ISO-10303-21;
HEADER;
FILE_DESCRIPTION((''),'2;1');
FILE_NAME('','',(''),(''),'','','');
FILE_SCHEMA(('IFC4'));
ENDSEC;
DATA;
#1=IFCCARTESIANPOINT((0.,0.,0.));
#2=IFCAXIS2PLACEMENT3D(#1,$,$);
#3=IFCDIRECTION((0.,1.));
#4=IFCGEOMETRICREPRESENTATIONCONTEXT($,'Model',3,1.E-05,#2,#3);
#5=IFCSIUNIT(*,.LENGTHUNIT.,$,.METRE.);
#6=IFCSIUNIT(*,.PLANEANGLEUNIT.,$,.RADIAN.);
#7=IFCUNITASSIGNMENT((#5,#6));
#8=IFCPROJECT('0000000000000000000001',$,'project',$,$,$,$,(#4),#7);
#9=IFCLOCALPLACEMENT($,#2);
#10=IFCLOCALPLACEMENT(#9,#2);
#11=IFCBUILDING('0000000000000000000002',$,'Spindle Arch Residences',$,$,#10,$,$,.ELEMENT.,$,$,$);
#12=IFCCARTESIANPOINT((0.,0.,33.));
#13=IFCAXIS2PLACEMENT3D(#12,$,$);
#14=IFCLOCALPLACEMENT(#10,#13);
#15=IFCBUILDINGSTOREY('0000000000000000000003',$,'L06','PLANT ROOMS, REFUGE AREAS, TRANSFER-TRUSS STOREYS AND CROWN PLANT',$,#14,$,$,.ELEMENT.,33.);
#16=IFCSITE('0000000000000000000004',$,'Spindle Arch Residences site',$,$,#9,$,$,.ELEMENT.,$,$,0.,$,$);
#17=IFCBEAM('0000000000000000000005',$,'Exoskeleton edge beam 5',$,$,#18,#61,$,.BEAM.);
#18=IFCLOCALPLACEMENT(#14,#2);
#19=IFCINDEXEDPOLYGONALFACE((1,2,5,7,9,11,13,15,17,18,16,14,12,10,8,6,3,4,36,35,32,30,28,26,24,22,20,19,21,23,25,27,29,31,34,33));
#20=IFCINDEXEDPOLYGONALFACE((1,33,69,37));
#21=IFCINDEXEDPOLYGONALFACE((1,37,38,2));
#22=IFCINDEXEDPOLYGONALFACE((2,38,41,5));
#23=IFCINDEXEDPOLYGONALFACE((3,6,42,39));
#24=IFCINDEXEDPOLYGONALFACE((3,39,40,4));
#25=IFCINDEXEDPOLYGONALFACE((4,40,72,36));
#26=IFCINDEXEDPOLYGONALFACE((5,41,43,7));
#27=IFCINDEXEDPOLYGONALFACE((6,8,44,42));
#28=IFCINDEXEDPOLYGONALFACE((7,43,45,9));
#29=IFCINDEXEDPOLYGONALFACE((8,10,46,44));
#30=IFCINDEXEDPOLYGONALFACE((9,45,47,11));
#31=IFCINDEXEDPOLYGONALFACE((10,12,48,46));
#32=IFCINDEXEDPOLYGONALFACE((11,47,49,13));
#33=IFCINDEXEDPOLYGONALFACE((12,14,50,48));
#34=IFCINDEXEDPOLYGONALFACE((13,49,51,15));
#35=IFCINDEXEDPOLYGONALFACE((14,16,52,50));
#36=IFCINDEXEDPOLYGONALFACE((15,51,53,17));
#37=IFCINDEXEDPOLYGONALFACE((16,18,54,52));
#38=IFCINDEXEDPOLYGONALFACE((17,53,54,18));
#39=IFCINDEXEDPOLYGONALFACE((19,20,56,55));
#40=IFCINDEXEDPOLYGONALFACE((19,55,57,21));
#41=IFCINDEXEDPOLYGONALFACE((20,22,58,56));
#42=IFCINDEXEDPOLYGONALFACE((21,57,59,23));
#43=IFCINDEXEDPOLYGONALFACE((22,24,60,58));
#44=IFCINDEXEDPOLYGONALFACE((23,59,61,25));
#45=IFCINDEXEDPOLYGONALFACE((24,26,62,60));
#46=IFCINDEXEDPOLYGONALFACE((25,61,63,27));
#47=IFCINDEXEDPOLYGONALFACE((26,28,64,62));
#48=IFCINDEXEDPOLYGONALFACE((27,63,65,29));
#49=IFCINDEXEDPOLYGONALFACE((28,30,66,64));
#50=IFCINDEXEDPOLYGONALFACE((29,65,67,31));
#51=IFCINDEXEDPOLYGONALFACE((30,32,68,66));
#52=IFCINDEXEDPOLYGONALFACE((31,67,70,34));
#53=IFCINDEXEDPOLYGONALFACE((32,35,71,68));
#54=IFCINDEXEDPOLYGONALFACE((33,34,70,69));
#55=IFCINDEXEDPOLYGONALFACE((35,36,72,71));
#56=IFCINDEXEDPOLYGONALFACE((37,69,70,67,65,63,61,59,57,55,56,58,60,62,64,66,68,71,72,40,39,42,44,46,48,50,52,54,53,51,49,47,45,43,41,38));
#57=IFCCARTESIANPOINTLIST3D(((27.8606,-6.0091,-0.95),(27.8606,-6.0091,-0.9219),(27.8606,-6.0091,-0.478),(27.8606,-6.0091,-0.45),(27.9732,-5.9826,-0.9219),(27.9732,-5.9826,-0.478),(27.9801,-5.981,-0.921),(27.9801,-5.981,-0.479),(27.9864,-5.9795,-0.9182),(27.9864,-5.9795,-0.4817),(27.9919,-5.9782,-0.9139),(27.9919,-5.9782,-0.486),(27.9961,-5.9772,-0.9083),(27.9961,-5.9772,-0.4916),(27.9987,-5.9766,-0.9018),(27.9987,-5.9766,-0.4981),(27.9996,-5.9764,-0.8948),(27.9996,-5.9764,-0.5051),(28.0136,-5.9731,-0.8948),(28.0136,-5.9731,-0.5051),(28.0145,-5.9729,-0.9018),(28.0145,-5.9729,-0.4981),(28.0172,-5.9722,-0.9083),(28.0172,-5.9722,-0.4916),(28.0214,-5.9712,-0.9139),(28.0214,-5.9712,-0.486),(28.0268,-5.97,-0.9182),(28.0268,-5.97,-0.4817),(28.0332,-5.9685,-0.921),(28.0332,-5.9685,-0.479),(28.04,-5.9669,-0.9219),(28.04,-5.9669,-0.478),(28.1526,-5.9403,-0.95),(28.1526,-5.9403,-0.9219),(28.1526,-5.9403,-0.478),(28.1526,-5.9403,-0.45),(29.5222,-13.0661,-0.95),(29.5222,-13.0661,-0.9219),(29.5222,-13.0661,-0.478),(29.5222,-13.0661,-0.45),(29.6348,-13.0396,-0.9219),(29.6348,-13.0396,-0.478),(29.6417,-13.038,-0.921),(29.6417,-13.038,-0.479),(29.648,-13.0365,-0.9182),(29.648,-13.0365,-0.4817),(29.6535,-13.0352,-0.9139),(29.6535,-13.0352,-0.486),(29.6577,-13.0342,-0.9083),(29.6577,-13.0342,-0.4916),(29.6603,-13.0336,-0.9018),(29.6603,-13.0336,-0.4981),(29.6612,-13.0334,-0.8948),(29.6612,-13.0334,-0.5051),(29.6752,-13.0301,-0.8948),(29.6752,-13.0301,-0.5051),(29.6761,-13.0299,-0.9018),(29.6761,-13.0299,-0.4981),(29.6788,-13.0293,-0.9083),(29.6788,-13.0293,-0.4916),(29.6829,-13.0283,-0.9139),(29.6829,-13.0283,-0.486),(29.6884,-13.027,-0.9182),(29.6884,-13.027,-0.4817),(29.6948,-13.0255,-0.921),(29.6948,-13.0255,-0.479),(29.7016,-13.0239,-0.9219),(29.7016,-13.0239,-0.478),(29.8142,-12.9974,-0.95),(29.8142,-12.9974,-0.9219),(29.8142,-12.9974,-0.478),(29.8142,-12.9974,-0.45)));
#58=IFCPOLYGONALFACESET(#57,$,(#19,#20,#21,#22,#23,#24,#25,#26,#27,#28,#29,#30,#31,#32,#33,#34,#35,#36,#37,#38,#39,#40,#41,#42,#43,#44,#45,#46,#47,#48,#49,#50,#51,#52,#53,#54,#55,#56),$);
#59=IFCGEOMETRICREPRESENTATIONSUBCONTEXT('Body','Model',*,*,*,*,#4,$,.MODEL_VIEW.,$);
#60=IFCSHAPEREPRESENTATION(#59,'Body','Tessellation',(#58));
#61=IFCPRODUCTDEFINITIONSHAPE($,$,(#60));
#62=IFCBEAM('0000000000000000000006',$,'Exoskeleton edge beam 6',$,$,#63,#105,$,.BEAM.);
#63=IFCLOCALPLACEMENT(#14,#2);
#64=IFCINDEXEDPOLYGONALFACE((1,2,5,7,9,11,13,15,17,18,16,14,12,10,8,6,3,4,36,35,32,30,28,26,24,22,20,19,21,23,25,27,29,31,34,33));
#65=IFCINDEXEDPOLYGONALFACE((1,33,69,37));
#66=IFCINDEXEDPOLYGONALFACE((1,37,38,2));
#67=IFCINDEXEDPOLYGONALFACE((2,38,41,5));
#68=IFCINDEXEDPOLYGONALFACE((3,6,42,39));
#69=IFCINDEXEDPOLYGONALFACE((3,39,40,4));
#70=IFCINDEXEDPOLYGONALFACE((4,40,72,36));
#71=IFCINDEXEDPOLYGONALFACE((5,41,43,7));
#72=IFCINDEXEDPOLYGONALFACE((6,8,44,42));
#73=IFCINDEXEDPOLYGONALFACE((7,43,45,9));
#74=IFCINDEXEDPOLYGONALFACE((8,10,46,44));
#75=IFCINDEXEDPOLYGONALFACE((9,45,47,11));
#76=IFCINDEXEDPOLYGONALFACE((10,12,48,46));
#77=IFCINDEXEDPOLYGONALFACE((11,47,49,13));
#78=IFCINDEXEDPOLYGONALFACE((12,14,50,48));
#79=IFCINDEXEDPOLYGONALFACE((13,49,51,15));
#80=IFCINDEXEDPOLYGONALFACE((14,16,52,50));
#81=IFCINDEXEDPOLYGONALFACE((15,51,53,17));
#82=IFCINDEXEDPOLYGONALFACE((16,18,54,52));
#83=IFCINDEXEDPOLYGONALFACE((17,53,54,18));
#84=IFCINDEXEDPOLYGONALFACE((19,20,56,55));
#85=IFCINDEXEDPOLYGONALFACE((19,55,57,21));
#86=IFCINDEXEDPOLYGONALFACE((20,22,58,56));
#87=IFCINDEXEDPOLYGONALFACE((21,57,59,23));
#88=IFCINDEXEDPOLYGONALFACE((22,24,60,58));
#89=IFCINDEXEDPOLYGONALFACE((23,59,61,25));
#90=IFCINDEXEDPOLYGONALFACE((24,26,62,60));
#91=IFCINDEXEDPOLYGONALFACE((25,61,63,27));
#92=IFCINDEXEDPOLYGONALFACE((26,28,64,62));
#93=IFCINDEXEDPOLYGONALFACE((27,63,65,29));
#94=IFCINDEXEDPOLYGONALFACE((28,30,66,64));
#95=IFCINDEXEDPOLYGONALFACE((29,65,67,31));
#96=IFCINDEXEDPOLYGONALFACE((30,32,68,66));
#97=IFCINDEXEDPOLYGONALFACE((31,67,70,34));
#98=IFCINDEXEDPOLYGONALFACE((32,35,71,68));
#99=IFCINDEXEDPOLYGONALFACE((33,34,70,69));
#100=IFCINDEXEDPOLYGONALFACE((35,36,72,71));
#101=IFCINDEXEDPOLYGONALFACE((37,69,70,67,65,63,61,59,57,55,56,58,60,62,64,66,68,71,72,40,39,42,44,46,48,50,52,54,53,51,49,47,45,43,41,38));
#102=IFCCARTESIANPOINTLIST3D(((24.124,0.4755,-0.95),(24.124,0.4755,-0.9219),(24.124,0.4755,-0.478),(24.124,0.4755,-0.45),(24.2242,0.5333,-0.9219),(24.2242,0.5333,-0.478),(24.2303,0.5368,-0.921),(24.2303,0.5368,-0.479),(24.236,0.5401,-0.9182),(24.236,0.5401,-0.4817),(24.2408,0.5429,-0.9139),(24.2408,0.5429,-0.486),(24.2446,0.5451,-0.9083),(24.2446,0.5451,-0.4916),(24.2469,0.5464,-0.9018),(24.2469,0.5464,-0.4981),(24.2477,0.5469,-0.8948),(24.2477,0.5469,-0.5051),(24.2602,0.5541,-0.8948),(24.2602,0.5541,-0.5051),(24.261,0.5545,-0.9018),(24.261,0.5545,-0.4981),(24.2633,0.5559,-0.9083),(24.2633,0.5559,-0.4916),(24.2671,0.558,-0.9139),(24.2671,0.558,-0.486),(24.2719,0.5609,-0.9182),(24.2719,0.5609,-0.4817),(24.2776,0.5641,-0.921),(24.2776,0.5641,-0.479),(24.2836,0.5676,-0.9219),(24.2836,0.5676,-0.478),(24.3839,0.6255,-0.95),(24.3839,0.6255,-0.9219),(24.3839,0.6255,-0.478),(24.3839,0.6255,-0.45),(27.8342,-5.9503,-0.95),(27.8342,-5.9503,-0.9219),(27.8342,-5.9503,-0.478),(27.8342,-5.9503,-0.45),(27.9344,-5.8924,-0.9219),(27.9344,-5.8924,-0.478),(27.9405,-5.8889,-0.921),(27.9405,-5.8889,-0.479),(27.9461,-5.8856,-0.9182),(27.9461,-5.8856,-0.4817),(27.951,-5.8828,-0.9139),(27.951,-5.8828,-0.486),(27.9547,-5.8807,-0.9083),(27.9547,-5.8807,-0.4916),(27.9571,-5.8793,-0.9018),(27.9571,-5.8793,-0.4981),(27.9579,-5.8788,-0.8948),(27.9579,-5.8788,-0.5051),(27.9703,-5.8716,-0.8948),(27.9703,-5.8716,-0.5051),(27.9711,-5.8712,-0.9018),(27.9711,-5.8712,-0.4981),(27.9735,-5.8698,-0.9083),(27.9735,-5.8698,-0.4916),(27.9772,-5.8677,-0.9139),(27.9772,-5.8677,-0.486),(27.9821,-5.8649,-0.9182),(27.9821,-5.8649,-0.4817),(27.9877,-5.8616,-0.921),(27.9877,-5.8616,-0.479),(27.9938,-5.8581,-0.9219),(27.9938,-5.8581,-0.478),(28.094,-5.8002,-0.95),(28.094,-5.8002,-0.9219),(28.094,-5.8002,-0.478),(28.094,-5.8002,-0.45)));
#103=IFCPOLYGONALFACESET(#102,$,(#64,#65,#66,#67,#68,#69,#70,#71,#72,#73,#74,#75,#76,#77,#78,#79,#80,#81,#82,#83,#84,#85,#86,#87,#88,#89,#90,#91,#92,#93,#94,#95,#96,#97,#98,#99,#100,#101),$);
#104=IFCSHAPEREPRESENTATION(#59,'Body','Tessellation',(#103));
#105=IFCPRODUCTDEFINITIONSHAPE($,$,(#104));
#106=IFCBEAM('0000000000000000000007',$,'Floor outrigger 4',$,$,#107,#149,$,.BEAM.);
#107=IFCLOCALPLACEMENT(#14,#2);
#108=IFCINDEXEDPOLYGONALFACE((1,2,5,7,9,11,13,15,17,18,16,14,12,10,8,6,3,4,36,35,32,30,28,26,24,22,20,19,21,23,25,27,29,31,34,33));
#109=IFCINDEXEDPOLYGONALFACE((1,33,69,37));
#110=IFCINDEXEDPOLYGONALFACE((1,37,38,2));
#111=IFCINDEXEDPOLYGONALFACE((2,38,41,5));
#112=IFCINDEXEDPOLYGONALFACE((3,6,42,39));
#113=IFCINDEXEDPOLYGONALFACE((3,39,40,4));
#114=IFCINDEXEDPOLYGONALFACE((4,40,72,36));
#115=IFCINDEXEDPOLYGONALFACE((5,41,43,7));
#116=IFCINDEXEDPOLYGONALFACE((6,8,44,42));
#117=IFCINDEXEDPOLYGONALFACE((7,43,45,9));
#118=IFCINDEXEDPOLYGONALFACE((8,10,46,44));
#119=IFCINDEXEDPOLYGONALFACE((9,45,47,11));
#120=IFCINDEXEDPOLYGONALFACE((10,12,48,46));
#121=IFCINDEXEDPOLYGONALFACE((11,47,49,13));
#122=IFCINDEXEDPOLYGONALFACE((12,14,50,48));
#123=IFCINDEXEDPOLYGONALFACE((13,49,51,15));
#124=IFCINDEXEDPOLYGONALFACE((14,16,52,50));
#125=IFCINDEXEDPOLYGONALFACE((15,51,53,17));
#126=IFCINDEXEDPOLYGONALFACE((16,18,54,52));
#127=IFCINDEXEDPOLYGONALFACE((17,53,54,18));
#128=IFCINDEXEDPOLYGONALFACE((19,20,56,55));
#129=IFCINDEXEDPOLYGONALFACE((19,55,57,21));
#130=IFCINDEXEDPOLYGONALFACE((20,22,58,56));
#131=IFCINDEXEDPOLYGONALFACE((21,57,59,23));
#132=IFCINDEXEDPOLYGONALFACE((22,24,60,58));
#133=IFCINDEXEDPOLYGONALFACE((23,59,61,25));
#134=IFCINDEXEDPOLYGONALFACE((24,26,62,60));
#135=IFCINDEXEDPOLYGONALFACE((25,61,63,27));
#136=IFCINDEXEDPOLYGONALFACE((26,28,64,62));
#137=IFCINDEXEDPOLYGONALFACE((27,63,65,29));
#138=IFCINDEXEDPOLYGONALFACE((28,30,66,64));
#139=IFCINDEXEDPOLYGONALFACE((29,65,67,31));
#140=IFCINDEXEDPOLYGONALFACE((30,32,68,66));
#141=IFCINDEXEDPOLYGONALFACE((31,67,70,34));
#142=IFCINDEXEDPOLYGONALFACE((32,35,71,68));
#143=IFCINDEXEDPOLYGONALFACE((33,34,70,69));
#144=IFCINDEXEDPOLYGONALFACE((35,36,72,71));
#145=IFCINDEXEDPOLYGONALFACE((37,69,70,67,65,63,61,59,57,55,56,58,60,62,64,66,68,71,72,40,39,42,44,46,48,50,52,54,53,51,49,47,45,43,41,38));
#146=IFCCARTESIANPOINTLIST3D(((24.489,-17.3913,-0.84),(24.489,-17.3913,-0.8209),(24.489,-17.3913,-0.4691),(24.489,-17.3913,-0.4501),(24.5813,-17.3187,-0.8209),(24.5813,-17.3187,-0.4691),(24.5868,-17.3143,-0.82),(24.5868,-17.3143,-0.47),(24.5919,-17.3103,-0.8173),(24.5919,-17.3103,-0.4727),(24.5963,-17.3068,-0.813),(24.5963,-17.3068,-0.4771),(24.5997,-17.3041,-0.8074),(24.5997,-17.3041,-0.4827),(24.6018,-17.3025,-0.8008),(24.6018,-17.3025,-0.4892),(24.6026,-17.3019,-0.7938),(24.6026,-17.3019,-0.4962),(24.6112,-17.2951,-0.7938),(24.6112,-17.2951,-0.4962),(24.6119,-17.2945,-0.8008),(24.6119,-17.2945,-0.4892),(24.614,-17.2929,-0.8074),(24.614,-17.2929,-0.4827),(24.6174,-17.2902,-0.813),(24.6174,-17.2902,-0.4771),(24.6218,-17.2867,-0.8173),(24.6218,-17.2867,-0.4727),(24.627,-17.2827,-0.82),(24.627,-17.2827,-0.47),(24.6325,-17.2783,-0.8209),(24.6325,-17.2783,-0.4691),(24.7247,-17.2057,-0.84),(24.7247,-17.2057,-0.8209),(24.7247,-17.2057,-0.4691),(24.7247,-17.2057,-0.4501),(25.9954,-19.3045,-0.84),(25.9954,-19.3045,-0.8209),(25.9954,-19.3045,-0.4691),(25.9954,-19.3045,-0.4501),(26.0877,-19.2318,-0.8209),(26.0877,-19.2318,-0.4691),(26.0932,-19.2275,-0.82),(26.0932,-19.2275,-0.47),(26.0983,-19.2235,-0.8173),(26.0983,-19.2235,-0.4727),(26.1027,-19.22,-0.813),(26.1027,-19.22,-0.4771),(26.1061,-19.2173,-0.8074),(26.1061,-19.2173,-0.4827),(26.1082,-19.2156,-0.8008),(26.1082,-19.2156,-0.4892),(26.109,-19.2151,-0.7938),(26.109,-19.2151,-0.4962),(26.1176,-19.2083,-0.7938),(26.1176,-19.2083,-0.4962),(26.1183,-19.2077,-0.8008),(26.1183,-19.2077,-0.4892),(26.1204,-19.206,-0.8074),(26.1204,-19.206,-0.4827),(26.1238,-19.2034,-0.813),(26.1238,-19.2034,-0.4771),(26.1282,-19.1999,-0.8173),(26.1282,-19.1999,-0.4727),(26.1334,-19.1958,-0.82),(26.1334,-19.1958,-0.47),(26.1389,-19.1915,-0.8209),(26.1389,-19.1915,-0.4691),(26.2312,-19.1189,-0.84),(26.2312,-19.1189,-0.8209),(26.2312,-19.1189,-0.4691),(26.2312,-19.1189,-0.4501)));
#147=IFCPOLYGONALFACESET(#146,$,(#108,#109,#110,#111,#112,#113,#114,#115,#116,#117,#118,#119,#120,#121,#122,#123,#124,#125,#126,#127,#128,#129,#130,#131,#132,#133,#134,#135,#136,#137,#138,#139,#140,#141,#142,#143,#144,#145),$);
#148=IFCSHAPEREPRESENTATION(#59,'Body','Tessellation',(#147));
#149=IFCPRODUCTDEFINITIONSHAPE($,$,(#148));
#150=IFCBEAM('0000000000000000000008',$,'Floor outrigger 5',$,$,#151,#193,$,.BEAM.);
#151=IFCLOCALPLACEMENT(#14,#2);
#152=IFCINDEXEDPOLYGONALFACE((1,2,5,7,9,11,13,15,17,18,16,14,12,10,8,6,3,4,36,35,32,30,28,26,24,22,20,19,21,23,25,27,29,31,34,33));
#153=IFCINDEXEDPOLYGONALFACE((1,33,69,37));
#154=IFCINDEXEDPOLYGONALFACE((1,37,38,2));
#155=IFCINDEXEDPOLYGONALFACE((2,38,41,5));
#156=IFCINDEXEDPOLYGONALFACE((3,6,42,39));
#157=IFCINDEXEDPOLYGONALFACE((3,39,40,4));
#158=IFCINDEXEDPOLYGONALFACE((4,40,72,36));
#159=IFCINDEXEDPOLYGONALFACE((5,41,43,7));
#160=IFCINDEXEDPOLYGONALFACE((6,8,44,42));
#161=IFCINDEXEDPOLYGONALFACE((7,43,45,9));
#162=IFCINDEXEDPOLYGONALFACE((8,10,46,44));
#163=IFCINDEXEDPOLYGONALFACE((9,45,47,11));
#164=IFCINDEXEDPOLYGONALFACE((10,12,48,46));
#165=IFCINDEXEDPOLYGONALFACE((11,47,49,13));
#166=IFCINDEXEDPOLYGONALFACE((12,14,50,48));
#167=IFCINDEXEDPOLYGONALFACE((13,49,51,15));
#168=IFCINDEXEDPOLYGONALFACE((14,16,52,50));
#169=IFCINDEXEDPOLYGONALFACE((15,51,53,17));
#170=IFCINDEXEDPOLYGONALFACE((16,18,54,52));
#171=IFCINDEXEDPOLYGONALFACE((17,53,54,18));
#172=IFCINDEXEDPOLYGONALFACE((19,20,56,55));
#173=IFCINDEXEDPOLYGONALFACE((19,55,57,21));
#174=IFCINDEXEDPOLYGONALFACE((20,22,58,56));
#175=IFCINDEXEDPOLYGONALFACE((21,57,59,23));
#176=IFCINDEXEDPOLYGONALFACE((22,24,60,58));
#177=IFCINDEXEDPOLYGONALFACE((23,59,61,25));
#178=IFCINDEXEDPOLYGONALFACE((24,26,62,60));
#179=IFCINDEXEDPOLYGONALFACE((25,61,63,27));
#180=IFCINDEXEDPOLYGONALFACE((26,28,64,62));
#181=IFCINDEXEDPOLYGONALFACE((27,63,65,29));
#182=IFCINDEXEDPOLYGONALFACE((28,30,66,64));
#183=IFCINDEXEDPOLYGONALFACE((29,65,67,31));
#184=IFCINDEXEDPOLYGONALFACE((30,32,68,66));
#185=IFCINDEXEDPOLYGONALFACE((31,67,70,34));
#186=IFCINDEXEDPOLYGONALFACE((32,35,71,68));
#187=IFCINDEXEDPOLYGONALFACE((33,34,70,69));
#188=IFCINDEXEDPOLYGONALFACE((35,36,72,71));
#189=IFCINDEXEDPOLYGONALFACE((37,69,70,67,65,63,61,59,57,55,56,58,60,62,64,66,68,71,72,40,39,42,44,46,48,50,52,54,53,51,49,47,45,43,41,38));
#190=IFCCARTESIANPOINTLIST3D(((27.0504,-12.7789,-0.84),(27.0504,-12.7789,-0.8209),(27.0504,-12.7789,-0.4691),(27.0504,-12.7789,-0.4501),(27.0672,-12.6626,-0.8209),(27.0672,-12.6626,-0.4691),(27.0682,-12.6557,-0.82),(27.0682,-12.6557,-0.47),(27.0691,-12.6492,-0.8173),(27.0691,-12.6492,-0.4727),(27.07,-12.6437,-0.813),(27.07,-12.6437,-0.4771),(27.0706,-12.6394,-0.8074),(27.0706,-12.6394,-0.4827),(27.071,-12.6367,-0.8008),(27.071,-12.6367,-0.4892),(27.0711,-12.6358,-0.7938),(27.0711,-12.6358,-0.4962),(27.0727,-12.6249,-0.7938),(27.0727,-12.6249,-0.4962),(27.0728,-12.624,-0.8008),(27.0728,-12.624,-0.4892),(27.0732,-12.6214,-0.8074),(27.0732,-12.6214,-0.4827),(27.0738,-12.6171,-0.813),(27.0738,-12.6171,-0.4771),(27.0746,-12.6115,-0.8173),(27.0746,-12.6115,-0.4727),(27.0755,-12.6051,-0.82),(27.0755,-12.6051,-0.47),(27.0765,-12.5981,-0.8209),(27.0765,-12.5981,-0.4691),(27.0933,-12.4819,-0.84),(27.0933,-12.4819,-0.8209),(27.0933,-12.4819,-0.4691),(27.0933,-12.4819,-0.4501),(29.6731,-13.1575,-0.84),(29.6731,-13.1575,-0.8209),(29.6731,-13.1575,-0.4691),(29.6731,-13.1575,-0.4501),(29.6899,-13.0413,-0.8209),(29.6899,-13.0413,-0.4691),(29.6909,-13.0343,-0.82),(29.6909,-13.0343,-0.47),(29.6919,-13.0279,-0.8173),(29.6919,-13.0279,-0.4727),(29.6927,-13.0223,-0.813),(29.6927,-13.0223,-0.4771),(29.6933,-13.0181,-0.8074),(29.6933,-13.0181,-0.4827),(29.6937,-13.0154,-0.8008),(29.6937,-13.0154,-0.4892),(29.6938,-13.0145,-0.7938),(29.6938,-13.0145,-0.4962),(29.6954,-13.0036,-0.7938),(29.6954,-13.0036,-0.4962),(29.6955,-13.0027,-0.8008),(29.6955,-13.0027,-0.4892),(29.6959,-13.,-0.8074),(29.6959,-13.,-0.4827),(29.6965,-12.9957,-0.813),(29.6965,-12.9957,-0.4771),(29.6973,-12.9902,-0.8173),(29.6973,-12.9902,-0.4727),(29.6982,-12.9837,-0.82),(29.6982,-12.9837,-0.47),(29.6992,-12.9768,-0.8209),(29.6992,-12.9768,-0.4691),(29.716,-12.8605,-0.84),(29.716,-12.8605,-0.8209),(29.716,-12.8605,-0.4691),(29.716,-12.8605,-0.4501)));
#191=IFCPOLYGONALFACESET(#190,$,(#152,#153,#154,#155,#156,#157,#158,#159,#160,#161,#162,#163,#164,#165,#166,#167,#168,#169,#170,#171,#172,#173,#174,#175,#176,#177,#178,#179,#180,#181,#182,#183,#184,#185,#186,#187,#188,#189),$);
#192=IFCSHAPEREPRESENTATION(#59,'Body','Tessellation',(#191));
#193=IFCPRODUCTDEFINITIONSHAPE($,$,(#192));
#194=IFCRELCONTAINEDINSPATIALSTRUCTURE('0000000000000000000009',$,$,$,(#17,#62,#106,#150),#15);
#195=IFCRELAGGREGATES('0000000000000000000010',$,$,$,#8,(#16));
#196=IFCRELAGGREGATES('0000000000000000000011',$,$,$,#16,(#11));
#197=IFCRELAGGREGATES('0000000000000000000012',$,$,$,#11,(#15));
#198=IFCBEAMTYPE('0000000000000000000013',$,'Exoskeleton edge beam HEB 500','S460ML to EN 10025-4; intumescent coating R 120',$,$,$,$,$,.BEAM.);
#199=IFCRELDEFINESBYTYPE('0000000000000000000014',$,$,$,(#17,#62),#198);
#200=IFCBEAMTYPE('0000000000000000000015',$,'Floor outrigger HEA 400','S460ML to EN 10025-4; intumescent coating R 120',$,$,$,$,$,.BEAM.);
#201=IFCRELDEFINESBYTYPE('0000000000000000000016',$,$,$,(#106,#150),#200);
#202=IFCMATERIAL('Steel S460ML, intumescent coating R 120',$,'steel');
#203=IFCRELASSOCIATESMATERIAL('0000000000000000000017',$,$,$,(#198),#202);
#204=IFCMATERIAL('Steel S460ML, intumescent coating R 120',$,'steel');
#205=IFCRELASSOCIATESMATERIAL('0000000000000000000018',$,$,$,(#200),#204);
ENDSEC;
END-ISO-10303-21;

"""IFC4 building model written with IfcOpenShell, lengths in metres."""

from ifc_helpers import new_model, si_unit, direction, frame, origin, origin_2d, place, context, subcontext, project, spatial, i_section, extrude, material, material_profile, profile_set, type_object, element, save


model = new_model("IFC4")

# Units and contexts
model_context = context("Model", 3, precision=1e-05, world=origin(), true_north=direction((0.0, 1.0)))
body_context = subcontext(model_context, "Body", "Model", "MODEL_VIEW")
ifc_project = project(units=[si_unit("LENGTHUNIT", "METRE"), si_unit("PLANEANGLEUNIT", "RADIAN")], contexts=[model_context])

# Site, building, storey
site_placement = place(None, origin())
site = spatial("IfcSite", under=ifc_project, at=site_placement, Name="Spindle Arch Residences site", CompositionType="ELEMENT", RefElevation=0.0)
building_placement = place(site_placement, origin())
building = spatial("IfcBuilding", under=site, at=building_placement, Name="Spindle Arch Residences", CompositionType="ELEMENT")
storey_placement = place(building_placement, frame((0.0, 0.0, 33.0)))
storey = spatial("IfcBuildingStorey", under=building, at=storey_placement, Name="L06", Description="PLANT ROOMS, REFUGE AREAS, TRANSFER-TRUSS STOREYS AND CROWN PLANT", CompositionType="ELEMENT", Elevation=33.0)

# Beams
ifc_material_1 = material(Name="Steel S460ML, intumescent coating R 120", Category="steel")
ifc_material_profile_1 = material_profile(ifc_material_1, i_section(OverallWidth=0.3, OverallDepth=0.5, WebThickness=0.0144, FlangeThickness=0.0281, FilletRadius=0.0271, at=origin_2d()), Name="HEB 500")
ifc_profile_set_1 = profile_set([ifc_material_profile_1], Name="Steel S460ML, intumescent coating R 120")
beam_type_1 = type_object("IfcBeamType", Name="Exoskeleton edge beam HEB 500", Description="S460ML to EN 10025-4; intumescent coating R 120", PredefinedType="BEAM", material=ifc_profile_set_1)
beam_1_placement = place(storey_placement, frame((29.6682, -13.0317, -0.7), z_axis=(-0.229186, 0.973383, 0.0), x_axis=(-0.973383, -0.229186, 0.0)))
element("IfcBeam", 1, at=beam_1_placement, inside=storey, type_object=beam_type_1, Name="Exoskeleton edge beam 5", PredefinedType="BEAM", context=body_context, shape_type="SweptSolid", body=[
    extrude(i_section(OverallWidth=0.3, OverallDepth=0.5, WebThickness=0.0144, FlangeThickness=0.0281, FilletRadius=0.0271, at=origin_2d()), origin(), (0.0, 0.0, 1.0), 7.25),
])
beam_2_placement = place(storey_placement, frame((27.9641, -5.8752, -0.7), z_axis=(-0.500028, 0.866009, 0.0), x_axis=(-0.866009, -0.500028, 0.0)))
element("IfcBeam", 2, at=beam_2_placement, inside=storey, type_object=beam_type_1, Name="Exoskeleton edge beam 6", PredefinedType="BEAM", context=body_context, shape_type="SweptSolid", body=[
    extrude(i_section(OverallWidth=0.3, OverallDepth=0.5, WebThickness=0.0144, FlangeThickness=0.0281, FilletRadius=0.0271, at=origin_2d()), origin(), (0.0, 0.0, 1.0), 7.4199),
])
ifc_material_2 = material(Name="Steel S460ML, intumescent coating R 120", Category="steel")
ifc_material_profile_2 = material_profile(ifc_material_2, i_section(OverallWidth=0.3, OverallDepth=0.3899, WebThickness=0.011, FlangeThickness=0.019, FilletRadius=0.0271, at=origin_2d()), Name="HEA 400")
ifc_profile_set_2 = profile_set([ifc_material_profile_2], Name="Steel S460ML, intumescent coating R 120")
beam_type_2 = type_object("IfcBeamType", Name="Floor outrigger HEA 400", Description="S460ML to EN 10025-4; intumescent coating R 120", PredefinedType="BEAM", material=ifc_profile_set_2)
beam_3_placement = place(storey_placement, frame((26.1133, -19.2117, -0.645), z_axis=(-0.618636, 0.785678, 0.0), x_axis=(-0.785678, -0.618636, 0.0)))
element("IfcBeam", 3, at=beam_3_placement, inside=storey, type_object=beam_type_2, Name="Floor outrigger 4", PredefinedType="BEAM", context=body_context, shape_type="SweptSolid", body=[
    extrude(i_section(OverallWidth=0.3, OverallDepth=0.3899, WebThickness=0.011, FlangeThickness=0.019, FilletRadius=0.0271, at=origin_2d()), origin(), (0.0, 0.0, 1.0), 2.4351),
])
beam_4_placement = place(storey_placement, frame((29.6946, -13.009, -0.645), z_axis=(-0.989738, 0.142892, 0.0), x_axis=(-0.142892, -0.989738, 0.0)))
element("IfcBeam", 4, at=beam_4_placement, inside=storey, type_object=beam_type_2, Name="Floor outrigger 5", PredefinedType="BEAM", context=body_context, shape_type="SweptSolid", body=[
    extrude(i_section(OverallWidth=0.3, OverallDepth=0.3899, WebThickness=0.011, FlangeThickness=0.019, FilletRadius=0.0271, at=origin_2d()), origin(), (0.0, 0.0, 1.0), 2.6499),
])

save(model, "model.ifc")
